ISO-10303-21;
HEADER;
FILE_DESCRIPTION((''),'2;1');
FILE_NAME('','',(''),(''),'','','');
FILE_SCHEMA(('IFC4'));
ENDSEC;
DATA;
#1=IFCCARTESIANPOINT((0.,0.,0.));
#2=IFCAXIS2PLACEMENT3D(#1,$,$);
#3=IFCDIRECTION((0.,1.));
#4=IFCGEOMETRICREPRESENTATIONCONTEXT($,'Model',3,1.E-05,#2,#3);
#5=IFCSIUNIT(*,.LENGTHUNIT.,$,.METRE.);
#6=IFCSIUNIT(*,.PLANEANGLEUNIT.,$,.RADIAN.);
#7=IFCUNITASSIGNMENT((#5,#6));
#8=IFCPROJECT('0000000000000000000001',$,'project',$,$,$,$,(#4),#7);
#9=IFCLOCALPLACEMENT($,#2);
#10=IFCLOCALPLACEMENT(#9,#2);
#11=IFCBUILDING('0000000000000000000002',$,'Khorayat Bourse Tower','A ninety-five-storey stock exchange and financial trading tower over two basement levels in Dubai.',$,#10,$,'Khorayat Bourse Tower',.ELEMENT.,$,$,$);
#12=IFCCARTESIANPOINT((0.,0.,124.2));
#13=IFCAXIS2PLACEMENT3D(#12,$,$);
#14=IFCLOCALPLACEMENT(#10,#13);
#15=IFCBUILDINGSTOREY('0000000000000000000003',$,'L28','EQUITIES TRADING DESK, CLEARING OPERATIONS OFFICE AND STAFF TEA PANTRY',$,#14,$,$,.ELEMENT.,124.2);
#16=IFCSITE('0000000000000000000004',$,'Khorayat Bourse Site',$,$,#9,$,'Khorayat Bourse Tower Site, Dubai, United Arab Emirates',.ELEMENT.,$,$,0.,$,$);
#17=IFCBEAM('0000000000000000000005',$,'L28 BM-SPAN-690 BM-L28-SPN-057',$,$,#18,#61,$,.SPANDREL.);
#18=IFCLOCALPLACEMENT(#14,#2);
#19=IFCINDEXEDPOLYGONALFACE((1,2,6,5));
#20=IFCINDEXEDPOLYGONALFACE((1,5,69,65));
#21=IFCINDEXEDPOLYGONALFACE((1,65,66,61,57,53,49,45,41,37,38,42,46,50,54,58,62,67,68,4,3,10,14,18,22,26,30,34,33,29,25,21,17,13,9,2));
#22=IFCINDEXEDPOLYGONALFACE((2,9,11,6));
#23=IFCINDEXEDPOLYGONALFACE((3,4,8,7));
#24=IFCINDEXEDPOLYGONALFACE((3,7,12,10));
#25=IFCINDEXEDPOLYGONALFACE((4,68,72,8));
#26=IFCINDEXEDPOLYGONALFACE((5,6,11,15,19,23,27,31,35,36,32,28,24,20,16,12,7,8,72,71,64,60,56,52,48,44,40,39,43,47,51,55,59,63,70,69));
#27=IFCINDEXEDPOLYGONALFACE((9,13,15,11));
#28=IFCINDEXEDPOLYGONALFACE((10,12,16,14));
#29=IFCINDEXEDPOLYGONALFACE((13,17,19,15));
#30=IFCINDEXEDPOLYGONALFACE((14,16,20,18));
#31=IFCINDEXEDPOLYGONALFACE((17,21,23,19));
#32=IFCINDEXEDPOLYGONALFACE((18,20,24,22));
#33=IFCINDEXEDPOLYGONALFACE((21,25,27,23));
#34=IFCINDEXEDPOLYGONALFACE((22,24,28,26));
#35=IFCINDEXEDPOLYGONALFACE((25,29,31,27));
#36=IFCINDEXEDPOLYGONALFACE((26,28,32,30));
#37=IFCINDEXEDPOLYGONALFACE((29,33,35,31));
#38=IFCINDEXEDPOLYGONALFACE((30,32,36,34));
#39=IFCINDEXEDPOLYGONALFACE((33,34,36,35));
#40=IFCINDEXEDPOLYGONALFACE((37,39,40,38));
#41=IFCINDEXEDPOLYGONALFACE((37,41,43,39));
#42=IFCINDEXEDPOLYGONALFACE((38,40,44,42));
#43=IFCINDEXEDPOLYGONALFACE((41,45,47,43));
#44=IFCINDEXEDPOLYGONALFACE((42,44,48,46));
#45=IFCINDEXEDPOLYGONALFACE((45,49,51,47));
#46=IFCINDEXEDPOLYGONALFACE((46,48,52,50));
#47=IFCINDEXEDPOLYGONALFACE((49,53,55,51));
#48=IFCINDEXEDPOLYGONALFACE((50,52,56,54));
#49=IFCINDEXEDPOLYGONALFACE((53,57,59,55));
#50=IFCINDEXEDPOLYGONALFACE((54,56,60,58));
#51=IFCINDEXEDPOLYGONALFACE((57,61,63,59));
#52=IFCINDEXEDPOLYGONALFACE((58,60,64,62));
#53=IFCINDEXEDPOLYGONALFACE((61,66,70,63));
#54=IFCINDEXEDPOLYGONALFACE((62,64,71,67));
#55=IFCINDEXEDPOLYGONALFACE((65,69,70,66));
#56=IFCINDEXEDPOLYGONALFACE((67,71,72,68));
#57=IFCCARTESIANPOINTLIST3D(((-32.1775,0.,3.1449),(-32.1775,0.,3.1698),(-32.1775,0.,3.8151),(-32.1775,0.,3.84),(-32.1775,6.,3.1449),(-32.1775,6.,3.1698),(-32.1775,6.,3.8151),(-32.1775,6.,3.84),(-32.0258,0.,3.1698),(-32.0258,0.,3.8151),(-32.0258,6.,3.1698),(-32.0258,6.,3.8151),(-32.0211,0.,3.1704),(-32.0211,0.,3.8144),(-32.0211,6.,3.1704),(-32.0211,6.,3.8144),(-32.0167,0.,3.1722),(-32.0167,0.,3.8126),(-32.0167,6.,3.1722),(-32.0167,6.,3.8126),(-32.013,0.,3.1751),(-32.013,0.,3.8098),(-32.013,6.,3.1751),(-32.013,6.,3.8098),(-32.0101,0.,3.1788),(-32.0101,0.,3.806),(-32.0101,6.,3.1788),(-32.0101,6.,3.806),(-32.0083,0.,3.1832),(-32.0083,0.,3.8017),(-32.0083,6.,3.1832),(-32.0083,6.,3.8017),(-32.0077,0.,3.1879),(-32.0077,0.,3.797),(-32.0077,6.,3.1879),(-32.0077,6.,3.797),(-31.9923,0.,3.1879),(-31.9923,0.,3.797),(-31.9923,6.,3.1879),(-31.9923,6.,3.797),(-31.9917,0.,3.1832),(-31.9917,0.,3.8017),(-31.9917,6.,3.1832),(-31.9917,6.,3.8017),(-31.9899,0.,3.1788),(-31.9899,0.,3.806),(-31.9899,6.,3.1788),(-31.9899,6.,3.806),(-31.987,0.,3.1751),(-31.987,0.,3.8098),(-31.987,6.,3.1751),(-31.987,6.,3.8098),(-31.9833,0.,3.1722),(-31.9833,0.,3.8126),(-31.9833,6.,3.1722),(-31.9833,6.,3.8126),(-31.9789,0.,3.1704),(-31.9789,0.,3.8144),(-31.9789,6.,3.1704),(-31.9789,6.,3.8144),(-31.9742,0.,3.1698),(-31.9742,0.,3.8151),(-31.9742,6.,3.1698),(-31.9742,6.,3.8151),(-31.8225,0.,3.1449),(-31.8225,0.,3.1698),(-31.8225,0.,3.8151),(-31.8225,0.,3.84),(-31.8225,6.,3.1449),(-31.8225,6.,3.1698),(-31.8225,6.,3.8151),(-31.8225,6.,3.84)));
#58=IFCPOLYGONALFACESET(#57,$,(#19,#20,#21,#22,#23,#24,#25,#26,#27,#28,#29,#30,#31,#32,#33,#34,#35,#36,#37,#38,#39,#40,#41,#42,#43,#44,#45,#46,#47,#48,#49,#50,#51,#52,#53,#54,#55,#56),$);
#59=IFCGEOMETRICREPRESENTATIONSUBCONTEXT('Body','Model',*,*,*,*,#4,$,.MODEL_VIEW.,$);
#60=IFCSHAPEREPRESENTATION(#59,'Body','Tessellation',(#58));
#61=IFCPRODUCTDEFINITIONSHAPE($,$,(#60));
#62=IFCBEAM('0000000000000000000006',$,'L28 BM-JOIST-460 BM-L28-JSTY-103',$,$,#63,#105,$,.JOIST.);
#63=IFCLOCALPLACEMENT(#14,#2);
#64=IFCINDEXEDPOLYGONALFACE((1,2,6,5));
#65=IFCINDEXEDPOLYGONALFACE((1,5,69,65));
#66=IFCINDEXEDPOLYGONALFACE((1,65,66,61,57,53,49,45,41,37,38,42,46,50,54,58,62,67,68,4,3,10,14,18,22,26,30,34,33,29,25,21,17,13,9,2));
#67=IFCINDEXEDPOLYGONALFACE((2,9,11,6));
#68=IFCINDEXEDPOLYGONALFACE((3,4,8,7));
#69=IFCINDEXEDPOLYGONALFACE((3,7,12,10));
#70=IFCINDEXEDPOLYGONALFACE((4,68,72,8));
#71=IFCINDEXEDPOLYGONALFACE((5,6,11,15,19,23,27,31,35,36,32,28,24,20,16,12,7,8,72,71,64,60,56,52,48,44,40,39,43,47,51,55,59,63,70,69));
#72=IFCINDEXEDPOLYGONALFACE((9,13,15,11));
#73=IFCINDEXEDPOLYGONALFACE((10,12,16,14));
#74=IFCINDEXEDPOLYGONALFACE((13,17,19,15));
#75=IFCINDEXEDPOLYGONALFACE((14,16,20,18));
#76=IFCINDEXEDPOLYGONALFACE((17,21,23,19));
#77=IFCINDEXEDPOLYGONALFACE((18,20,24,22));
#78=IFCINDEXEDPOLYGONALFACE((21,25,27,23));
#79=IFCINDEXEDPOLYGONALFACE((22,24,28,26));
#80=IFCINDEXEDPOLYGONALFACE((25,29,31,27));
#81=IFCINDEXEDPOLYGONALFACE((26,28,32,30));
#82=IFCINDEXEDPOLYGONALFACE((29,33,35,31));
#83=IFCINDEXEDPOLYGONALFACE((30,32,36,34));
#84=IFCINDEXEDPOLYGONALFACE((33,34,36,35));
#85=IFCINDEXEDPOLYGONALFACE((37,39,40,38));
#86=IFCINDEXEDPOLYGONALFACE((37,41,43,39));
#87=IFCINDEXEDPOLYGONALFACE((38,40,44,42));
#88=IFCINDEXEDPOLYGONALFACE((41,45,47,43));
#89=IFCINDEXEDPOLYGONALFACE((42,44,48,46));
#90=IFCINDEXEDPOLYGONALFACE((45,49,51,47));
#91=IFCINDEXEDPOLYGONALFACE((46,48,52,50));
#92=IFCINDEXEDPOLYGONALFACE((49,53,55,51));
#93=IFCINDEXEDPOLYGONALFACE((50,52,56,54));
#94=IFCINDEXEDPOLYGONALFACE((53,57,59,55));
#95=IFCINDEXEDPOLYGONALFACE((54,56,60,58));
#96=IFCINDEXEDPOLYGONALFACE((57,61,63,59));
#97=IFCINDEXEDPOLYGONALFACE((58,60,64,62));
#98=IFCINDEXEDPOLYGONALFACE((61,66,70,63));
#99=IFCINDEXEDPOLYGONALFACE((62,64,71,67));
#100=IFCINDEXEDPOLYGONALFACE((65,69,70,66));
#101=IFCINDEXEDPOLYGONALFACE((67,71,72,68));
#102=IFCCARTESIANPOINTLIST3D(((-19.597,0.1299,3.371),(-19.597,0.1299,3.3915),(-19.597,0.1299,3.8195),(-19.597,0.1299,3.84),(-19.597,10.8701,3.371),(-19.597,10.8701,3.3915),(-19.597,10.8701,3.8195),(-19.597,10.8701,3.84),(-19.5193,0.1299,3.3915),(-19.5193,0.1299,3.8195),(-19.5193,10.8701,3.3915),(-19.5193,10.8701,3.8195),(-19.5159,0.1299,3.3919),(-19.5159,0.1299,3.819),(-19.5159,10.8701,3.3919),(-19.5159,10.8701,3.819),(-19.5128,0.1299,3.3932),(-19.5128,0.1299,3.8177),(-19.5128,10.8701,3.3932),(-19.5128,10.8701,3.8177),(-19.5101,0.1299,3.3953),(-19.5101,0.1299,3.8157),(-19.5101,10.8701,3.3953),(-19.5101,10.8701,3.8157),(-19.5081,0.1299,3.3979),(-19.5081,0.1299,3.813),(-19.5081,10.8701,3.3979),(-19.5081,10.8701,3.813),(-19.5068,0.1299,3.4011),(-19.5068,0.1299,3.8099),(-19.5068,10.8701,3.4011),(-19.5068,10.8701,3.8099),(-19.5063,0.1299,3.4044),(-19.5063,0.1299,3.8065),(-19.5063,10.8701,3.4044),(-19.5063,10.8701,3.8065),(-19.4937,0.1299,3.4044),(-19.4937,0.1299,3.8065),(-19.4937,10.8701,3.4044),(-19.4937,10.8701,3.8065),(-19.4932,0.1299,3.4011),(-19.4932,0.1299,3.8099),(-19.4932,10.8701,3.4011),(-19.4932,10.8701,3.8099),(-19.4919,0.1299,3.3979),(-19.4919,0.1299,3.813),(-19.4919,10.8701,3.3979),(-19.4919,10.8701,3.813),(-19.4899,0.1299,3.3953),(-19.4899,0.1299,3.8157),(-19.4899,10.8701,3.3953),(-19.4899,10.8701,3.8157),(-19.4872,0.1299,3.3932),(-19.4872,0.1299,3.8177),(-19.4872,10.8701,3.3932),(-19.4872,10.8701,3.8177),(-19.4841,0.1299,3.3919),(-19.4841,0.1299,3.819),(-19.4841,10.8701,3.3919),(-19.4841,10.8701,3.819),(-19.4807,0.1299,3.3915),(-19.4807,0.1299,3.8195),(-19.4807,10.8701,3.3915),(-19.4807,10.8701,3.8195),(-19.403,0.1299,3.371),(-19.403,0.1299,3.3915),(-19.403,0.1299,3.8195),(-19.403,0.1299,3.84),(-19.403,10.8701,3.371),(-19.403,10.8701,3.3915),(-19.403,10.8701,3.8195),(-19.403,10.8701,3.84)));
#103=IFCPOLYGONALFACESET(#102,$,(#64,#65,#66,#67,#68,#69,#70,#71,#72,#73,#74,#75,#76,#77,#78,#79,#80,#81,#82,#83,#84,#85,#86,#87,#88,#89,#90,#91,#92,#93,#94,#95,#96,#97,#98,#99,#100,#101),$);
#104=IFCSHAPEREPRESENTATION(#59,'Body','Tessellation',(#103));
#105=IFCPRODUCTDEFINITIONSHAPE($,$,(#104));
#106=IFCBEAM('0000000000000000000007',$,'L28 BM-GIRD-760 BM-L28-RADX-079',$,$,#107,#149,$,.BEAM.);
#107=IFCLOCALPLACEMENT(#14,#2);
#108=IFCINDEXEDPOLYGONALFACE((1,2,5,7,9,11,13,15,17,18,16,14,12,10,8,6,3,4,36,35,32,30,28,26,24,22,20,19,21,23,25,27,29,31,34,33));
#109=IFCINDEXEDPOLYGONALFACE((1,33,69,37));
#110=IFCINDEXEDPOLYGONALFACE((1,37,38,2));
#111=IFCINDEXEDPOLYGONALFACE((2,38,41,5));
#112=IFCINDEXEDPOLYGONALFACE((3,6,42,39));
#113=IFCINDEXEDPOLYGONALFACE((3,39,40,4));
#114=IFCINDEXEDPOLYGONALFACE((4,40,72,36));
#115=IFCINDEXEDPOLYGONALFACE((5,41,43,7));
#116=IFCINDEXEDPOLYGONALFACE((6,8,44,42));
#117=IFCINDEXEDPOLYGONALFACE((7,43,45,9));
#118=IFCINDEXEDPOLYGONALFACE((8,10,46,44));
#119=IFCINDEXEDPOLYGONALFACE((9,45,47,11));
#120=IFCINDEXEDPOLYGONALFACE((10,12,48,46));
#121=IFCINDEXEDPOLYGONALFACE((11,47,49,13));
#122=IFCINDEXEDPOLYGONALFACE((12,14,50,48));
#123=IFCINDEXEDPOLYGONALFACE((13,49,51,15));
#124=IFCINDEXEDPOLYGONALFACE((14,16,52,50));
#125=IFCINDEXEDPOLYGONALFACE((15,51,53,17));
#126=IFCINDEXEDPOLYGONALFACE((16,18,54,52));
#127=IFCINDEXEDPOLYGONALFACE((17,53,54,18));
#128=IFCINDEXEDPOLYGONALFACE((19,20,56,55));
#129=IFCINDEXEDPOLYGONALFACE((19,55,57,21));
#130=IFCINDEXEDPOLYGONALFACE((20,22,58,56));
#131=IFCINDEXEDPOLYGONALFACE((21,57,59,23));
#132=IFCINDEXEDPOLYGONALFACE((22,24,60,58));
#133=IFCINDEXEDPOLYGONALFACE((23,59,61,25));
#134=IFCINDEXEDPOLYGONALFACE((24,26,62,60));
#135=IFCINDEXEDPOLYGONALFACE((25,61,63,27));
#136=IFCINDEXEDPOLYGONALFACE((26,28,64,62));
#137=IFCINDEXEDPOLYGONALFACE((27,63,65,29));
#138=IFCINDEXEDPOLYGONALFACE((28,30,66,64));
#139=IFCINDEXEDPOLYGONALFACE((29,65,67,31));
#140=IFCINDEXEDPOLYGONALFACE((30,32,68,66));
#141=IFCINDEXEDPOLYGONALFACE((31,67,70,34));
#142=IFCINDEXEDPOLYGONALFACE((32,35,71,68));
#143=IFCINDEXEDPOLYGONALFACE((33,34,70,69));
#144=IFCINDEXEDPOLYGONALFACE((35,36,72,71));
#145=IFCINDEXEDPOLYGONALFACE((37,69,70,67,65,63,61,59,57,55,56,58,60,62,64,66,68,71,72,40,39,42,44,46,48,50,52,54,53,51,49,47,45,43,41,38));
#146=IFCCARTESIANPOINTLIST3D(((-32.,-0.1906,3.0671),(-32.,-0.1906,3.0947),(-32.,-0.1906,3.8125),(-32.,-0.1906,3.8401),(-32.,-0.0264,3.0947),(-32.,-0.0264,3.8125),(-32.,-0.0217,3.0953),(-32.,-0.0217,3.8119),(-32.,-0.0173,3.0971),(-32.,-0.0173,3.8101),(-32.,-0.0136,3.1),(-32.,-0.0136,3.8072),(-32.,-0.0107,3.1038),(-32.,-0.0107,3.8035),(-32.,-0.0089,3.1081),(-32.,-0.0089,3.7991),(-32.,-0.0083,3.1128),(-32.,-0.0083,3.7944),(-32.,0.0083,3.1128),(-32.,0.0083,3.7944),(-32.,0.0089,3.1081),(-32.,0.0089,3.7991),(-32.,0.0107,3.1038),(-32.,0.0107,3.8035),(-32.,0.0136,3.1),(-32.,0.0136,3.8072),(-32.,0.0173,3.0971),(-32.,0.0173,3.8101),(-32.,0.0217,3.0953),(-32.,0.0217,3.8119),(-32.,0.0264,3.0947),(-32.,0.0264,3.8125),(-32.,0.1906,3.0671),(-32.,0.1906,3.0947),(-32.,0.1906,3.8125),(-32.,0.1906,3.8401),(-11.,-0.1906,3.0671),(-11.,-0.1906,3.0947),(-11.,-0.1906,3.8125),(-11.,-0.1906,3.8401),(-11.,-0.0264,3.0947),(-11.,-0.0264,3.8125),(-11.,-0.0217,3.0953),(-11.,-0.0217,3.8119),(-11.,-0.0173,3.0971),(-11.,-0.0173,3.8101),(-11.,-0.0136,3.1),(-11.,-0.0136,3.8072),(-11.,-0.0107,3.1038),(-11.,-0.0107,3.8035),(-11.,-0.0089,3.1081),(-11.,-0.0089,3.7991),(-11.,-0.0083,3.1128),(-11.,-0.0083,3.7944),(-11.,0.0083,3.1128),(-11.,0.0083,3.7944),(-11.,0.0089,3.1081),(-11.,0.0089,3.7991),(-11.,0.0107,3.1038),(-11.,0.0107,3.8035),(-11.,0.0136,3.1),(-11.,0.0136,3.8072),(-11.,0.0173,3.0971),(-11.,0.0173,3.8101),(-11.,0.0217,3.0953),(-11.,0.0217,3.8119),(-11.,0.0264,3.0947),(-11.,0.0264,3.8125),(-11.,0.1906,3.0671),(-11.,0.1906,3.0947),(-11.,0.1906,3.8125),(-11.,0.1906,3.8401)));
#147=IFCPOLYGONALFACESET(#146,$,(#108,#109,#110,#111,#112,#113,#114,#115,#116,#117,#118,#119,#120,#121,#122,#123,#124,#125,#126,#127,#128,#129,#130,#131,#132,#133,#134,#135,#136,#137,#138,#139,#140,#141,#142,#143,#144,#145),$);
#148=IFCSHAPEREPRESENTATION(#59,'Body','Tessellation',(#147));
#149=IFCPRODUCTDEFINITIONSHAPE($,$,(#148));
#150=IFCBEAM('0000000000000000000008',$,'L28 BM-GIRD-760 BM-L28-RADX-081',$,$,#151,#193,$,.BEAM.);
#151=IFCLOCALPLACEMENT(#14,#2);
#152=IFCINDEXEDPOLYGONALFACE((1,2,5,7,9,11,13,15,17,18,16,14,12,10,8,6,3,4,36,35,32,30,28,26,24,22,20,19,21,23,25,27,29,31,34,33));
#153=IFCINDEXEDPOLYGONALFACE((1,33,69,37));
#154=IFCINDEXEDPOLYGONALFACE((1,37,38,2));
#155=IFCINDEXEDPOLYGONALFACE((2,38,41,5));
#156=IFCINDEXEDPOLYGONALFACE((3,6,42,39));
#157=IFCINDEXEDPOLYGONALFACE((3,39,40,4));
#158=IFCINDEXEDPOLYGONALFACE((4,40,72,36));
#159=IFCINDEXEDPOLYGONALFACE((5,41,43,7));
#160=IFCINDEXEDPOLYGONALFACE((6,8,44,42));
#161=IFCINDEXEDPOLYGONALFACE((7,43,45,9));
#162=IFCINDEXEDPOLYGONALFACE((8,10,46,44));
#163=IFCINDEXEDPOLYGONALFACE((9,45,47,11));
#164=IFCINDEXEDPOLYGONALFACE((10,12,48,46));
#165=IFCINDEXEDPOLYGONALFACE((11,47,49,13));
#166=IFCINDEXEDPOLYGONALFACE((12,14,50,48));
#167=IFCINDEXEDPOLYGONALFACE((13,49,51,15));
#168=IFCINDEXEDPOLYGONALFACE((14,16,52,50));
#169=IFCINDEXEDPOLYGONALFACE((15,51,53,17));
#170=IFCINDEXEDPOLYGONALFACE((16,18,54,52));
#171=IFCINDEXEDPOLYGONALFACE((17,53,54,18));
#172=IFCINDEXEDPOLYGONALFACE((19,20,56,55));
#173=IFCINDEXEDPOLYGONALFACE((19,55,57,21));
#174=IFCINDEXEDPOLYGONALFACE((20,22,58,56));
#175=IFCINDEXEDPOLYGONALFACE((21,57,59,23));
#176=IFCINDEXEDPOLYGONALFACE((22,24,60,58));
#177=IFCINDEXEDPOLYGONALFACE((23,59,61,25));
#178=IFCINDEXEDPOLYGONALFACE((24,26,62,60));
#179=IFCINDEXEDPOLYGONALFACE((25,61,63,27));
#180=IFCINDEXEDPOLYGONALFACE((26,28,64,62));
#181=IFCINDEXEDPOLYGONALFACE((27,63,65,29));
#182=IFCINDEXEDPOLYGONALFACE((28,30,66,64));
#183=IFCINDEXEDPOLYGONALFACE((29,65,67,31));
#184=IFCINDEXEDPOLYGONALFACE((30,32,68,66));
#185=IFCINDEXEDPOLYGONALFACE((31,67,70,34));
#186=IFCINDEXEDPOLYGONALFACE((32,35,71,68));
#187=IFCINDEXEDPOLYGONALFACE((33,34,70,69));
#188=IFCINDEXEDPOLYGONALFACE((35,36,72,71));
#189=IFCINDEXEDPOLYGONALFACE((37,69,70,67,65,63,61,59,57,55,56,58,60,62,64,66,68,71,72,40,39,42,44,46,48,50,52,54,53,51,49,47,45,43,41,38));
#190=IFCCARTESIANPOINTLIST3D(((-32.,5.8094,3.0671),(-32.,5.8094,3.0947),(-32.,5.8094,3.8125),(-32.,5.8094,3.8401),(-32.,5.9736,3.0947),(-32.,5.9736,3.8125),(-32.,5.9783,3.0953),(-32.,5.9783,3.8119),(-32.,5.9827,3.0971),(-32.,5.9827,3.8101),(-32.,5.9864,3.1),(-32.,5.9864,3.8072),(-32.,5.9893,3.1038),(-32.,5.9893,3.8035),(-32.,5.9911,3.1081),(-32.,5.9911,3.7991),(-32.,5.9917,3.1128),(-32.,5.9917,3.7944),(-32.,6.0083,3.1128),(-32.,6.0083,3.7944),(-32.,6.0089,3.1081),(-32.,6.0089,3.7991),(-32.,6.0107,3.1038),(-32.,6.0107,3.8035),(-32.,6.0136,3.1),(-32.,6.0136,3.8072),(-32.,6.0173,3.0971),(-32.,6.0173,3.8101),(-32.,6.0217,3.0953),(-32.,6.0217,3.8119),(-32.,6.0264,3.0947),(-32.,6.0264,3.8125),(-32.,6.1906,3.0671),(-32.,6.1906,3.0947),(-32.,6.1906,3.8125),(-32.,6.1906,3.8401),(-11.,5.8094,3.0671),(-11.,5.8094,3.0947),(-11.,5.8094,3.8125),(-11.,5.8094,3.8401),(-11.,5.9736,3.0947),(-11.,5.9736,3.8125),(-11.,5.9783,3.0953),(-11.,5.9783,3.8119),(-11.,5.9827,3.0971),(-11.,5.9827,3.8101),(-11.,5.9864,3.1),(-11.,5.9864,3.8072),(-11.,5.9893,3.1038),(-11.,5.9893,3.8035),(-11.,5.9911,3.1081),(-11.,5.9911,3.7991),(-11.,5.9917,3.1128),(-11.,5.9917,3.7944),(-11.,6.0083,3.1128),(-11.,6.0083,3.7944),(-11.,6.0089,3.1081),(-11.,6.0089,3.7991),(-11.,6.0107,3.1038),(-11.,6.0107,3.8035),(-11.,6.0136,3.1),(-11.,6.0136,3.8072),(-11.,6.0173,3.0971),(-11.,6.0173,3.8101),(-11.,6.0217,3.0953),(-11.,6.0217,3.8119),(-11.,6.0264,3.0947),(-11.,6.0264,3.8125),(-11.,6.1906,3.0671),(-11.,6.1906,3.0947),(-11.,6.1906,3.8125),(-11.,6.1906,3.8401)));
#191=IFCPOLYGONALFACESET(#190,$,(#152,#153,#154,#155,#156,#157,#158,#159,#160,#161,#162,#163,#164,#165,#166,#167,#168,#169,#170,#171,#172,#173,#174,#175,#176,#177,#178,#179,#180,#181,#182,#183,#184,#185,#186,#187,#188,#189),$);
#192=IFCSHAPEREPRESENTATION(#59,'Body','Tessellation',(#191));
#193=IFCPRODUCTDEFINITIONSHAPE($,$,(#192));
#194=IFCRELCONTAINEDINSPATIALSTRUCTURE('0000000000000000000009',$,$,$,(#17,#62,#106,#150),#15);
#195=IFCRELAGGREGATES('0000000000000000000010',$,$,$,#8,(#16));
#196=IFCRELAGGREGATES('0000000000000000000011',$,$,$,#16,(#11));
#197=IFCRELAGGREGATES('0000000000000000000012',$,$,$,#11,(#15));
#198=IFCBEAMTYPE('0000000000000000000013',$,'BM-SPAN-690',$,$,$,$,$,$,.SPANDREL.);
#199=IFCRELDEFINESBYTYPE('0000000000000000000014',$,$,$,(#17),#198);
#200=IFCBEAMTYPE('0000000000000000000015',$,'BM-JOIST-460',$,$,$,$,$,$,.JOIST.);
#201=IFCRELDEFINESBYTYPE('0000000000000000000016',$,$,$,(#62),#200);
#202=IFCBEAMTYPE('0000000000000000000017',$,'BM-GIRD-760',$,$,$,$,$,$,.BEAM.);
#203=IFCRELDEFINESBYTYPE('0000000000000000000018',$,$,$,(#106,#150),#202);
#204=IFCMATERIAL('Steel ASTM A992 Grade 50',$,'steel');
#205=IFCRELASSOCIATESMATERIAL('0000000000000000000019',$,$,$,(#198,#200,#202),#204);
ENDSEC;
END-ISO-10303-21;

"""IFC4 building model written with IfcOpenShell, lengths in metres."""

from ifc_helpers import new_model, si_unit, direction, frame, origin, origin_2d, place, context, subcontext, project, spatial, i_section, extrude, source, transform, mapped, material, material_profile, profile_set, type_object, element, save


model = new_model("IFC4")

# Units and contexts
model_context = context("Model", 3, precision=1e-05, world=origin(), true_north=direction((0.0, 1.0)))
body_context = subcontext(model_context, "Body", "Model", "MODEL_VIEW")
ifc_project = project(units=[si_unit("LENGTHUNIT", "METRE"), si_unit("PLANEANGLEUNIT", "RADIAN")], contexts=[model_context])

# Site, building, storey
site_placement = place(None, origin())
site = spatial("IfcSite", under=ifc_project, at=site_placement, Name="Khorayat Bourse Site", LongName="Khorayat Bourse Tower Site, Dubai, United Arab Emirates", CompositionType="ELEMENT", RefElevation=0.0)
building_placement = place(site_placement, origin())
building = spatial("IfcBuilding", under=site, at=building_placement, Name="Khorayat Bourse Tower", Description="A ninety-five-storey stock exchange and financial trading tower over two basement levels in Dubai.", LongName="Khorayat Bourse Tower", CompositionType="ELEMENT")
storey_placement = place(building_placement, frame((0.0, 0.0, 124.2)))
storey = spatial("IfcBuildingStorey", under=building, at=storey_placement, Name="L28", Description="EQUITIES TRADING DESK, CLEARING OPERATIONS OFFICE AND STAFF TEA PANTRY", CompositionType="ELEMENT", Elevation=124.2)

# Beams
ifc_material_1 = material(Name="Steel ASTM A992 Grade 50", Category="steel")
ifc_material_profile_1 = material_profile(ifc_material_1, i_section(OverallWidth=0.355, OverallDepth=0.6951, WebThickness=0.0154, FlangeThickness=0.0249, FilletRadius=0.0181, at=origin_2d()), Name="W690X217")
ifc_profile_set_1 = profile_set([ifc_material_profile_1], Name="Steel ASTM A992 Grade 50")
beam_type_1 = type_object("IfcBeamType", Name="BM-SPAN-690", PredefinedType="SPANDREL", material=ifc_profile_set_1)
shared_shape_1 = source(origin(), body_context, "Body", "SweptSolid", [
    extrude(i_section(OverallWidth=0.355, OverallDepth=0.6951, WebThickness=0.0154, FlangeThickness=0.0249, FilletRadius=0.0181, at=origin_2d()), origin(), (0.0, 0.0, 1.0), 6.0),
])
beam_1_placement = place(storey_placement, frame((-32.0, 0.0, 3.4924), z_axis=(0.0, 1.0, 0.0), x_axis=(-1.0, 0.0, 0.0)))
element("IfcBeam", 1, at=beam_1_placement, inside=storey, type_object=beam_type_1, Name="L28 BM-SPAN-690 BM-L28-SPN-057", PredefinedType="SPANDREL", context=body_context, shape_type="MappedRepresentation", body=[
    mapped(shared_shape_1, transform((0.0, 0.0, 0.0), scale=1.0)),
])
ifc_material_profile_2 = material_profile(ifc_material_1, i_section(OverallWidth=0.1941, OverallDepth=0.469, WebThickness=0.0127, FlangeThickness=0.0205, FilletRadius=0.0129, at=origin_2d()), Name="W460X106")
ifc_profile_set_2 = profile_set([ifc_material_profile_2], Name="Steel ASTM A992 Grade 50")
beam_type_2 = type_object("IfcBeamType", Name="BM-JOIST-460", PredefinedType="JOIST", material=ifc_profile_set_2)
shared_shape_2 = source(origin(), body_context, "Body", "SweptSolid", [
    extrude(i_section(OverallWidth=0.1941, OverallDepth=0.469, WebThickness=0.0127, FlangeThickness=0.0205, FilletRadius=0.0129, at=origin_2d()), origin(), (0.0, 0.0, 1.0), 10.7402),
])
beam_2_placement = place(storey_placement, frame((-19.5, 0.1299, 3.6055), z_axis=(0.0, 1.0, 0.0), x_axis=(-1.0, 0.0, 0.0)))
element("IfcBeam", 2, at=beam_2_placement, inside=storey, type_object=beam_type_2, Name="L28 BM-JOIST-460 BM-L28-JSTY-103", PredefinedType="JOIST", context=body_context, shape_type="MappedRepresentation", body=[
    mapped(shared_shape_2, transform((0.0, 0.0, 0.0), scale=1.0)),
])
ifc_material_profile_3 = material_profile(ifc_material_1, i_section(OverallWidth=0.3811, OverallDepth=0.7729, WebThickness=0.0166, FlangeThickness=0.0276, FilletRadius=0.0181, at=origin_2d()), Name="W760X257")
ifc_profile_set_3 = profile_set([ifc_material_profile_3], Name="Steel ASTM A992 Grade 50")
beam_type_3 = type_object("IfcBeamType", Name="BM-GIRD-760", PredefinedType="BEAM", material=ifc_profile_set_3)
shared_shape_3 = source(origin(), body_context, "Body", "SweptSolid", [
    extrude(i_section(OverallWidth=0.3811, OverallDepth=0.7729, WebThickness=0.0166, FlangeThickness=0.0276, FilletRadius=0.0181, at=origin_2d()), origin(), (0.0, 0.0, 1.0), 21.0),
])
for number, where, z_axis, x_axis, name in (
    (3, (-32.0, 0.0, 3.4536), (1.0, 0.0, 0.0), (0.0, 1.0, 0.0), "L28 BM-GIRD-760 BM-L28-RADX-079"),
    (4, (-32.0, 6.0, 3.4536), (1.0, 0.0, 0.0), (0.0, 1.0, 0.0), "L28 BM-GIRD-760 BM-L28-RADX-081"),
):
    element("IfcBeam", number, at=place(storey_placement, frame(where, z_axis=z_axis, x_axis=x_axis)), inside=storey, type_object=beam_type_3, Name=name, PredefinedType="BEAM", context=body_context, shape_type="MappedRepresentation", body=[
        mapped(shared_shape_3, transform((0.0, 0.0, 0.0), scale=1.0)),
    ])

save(model, "model.ifc")
